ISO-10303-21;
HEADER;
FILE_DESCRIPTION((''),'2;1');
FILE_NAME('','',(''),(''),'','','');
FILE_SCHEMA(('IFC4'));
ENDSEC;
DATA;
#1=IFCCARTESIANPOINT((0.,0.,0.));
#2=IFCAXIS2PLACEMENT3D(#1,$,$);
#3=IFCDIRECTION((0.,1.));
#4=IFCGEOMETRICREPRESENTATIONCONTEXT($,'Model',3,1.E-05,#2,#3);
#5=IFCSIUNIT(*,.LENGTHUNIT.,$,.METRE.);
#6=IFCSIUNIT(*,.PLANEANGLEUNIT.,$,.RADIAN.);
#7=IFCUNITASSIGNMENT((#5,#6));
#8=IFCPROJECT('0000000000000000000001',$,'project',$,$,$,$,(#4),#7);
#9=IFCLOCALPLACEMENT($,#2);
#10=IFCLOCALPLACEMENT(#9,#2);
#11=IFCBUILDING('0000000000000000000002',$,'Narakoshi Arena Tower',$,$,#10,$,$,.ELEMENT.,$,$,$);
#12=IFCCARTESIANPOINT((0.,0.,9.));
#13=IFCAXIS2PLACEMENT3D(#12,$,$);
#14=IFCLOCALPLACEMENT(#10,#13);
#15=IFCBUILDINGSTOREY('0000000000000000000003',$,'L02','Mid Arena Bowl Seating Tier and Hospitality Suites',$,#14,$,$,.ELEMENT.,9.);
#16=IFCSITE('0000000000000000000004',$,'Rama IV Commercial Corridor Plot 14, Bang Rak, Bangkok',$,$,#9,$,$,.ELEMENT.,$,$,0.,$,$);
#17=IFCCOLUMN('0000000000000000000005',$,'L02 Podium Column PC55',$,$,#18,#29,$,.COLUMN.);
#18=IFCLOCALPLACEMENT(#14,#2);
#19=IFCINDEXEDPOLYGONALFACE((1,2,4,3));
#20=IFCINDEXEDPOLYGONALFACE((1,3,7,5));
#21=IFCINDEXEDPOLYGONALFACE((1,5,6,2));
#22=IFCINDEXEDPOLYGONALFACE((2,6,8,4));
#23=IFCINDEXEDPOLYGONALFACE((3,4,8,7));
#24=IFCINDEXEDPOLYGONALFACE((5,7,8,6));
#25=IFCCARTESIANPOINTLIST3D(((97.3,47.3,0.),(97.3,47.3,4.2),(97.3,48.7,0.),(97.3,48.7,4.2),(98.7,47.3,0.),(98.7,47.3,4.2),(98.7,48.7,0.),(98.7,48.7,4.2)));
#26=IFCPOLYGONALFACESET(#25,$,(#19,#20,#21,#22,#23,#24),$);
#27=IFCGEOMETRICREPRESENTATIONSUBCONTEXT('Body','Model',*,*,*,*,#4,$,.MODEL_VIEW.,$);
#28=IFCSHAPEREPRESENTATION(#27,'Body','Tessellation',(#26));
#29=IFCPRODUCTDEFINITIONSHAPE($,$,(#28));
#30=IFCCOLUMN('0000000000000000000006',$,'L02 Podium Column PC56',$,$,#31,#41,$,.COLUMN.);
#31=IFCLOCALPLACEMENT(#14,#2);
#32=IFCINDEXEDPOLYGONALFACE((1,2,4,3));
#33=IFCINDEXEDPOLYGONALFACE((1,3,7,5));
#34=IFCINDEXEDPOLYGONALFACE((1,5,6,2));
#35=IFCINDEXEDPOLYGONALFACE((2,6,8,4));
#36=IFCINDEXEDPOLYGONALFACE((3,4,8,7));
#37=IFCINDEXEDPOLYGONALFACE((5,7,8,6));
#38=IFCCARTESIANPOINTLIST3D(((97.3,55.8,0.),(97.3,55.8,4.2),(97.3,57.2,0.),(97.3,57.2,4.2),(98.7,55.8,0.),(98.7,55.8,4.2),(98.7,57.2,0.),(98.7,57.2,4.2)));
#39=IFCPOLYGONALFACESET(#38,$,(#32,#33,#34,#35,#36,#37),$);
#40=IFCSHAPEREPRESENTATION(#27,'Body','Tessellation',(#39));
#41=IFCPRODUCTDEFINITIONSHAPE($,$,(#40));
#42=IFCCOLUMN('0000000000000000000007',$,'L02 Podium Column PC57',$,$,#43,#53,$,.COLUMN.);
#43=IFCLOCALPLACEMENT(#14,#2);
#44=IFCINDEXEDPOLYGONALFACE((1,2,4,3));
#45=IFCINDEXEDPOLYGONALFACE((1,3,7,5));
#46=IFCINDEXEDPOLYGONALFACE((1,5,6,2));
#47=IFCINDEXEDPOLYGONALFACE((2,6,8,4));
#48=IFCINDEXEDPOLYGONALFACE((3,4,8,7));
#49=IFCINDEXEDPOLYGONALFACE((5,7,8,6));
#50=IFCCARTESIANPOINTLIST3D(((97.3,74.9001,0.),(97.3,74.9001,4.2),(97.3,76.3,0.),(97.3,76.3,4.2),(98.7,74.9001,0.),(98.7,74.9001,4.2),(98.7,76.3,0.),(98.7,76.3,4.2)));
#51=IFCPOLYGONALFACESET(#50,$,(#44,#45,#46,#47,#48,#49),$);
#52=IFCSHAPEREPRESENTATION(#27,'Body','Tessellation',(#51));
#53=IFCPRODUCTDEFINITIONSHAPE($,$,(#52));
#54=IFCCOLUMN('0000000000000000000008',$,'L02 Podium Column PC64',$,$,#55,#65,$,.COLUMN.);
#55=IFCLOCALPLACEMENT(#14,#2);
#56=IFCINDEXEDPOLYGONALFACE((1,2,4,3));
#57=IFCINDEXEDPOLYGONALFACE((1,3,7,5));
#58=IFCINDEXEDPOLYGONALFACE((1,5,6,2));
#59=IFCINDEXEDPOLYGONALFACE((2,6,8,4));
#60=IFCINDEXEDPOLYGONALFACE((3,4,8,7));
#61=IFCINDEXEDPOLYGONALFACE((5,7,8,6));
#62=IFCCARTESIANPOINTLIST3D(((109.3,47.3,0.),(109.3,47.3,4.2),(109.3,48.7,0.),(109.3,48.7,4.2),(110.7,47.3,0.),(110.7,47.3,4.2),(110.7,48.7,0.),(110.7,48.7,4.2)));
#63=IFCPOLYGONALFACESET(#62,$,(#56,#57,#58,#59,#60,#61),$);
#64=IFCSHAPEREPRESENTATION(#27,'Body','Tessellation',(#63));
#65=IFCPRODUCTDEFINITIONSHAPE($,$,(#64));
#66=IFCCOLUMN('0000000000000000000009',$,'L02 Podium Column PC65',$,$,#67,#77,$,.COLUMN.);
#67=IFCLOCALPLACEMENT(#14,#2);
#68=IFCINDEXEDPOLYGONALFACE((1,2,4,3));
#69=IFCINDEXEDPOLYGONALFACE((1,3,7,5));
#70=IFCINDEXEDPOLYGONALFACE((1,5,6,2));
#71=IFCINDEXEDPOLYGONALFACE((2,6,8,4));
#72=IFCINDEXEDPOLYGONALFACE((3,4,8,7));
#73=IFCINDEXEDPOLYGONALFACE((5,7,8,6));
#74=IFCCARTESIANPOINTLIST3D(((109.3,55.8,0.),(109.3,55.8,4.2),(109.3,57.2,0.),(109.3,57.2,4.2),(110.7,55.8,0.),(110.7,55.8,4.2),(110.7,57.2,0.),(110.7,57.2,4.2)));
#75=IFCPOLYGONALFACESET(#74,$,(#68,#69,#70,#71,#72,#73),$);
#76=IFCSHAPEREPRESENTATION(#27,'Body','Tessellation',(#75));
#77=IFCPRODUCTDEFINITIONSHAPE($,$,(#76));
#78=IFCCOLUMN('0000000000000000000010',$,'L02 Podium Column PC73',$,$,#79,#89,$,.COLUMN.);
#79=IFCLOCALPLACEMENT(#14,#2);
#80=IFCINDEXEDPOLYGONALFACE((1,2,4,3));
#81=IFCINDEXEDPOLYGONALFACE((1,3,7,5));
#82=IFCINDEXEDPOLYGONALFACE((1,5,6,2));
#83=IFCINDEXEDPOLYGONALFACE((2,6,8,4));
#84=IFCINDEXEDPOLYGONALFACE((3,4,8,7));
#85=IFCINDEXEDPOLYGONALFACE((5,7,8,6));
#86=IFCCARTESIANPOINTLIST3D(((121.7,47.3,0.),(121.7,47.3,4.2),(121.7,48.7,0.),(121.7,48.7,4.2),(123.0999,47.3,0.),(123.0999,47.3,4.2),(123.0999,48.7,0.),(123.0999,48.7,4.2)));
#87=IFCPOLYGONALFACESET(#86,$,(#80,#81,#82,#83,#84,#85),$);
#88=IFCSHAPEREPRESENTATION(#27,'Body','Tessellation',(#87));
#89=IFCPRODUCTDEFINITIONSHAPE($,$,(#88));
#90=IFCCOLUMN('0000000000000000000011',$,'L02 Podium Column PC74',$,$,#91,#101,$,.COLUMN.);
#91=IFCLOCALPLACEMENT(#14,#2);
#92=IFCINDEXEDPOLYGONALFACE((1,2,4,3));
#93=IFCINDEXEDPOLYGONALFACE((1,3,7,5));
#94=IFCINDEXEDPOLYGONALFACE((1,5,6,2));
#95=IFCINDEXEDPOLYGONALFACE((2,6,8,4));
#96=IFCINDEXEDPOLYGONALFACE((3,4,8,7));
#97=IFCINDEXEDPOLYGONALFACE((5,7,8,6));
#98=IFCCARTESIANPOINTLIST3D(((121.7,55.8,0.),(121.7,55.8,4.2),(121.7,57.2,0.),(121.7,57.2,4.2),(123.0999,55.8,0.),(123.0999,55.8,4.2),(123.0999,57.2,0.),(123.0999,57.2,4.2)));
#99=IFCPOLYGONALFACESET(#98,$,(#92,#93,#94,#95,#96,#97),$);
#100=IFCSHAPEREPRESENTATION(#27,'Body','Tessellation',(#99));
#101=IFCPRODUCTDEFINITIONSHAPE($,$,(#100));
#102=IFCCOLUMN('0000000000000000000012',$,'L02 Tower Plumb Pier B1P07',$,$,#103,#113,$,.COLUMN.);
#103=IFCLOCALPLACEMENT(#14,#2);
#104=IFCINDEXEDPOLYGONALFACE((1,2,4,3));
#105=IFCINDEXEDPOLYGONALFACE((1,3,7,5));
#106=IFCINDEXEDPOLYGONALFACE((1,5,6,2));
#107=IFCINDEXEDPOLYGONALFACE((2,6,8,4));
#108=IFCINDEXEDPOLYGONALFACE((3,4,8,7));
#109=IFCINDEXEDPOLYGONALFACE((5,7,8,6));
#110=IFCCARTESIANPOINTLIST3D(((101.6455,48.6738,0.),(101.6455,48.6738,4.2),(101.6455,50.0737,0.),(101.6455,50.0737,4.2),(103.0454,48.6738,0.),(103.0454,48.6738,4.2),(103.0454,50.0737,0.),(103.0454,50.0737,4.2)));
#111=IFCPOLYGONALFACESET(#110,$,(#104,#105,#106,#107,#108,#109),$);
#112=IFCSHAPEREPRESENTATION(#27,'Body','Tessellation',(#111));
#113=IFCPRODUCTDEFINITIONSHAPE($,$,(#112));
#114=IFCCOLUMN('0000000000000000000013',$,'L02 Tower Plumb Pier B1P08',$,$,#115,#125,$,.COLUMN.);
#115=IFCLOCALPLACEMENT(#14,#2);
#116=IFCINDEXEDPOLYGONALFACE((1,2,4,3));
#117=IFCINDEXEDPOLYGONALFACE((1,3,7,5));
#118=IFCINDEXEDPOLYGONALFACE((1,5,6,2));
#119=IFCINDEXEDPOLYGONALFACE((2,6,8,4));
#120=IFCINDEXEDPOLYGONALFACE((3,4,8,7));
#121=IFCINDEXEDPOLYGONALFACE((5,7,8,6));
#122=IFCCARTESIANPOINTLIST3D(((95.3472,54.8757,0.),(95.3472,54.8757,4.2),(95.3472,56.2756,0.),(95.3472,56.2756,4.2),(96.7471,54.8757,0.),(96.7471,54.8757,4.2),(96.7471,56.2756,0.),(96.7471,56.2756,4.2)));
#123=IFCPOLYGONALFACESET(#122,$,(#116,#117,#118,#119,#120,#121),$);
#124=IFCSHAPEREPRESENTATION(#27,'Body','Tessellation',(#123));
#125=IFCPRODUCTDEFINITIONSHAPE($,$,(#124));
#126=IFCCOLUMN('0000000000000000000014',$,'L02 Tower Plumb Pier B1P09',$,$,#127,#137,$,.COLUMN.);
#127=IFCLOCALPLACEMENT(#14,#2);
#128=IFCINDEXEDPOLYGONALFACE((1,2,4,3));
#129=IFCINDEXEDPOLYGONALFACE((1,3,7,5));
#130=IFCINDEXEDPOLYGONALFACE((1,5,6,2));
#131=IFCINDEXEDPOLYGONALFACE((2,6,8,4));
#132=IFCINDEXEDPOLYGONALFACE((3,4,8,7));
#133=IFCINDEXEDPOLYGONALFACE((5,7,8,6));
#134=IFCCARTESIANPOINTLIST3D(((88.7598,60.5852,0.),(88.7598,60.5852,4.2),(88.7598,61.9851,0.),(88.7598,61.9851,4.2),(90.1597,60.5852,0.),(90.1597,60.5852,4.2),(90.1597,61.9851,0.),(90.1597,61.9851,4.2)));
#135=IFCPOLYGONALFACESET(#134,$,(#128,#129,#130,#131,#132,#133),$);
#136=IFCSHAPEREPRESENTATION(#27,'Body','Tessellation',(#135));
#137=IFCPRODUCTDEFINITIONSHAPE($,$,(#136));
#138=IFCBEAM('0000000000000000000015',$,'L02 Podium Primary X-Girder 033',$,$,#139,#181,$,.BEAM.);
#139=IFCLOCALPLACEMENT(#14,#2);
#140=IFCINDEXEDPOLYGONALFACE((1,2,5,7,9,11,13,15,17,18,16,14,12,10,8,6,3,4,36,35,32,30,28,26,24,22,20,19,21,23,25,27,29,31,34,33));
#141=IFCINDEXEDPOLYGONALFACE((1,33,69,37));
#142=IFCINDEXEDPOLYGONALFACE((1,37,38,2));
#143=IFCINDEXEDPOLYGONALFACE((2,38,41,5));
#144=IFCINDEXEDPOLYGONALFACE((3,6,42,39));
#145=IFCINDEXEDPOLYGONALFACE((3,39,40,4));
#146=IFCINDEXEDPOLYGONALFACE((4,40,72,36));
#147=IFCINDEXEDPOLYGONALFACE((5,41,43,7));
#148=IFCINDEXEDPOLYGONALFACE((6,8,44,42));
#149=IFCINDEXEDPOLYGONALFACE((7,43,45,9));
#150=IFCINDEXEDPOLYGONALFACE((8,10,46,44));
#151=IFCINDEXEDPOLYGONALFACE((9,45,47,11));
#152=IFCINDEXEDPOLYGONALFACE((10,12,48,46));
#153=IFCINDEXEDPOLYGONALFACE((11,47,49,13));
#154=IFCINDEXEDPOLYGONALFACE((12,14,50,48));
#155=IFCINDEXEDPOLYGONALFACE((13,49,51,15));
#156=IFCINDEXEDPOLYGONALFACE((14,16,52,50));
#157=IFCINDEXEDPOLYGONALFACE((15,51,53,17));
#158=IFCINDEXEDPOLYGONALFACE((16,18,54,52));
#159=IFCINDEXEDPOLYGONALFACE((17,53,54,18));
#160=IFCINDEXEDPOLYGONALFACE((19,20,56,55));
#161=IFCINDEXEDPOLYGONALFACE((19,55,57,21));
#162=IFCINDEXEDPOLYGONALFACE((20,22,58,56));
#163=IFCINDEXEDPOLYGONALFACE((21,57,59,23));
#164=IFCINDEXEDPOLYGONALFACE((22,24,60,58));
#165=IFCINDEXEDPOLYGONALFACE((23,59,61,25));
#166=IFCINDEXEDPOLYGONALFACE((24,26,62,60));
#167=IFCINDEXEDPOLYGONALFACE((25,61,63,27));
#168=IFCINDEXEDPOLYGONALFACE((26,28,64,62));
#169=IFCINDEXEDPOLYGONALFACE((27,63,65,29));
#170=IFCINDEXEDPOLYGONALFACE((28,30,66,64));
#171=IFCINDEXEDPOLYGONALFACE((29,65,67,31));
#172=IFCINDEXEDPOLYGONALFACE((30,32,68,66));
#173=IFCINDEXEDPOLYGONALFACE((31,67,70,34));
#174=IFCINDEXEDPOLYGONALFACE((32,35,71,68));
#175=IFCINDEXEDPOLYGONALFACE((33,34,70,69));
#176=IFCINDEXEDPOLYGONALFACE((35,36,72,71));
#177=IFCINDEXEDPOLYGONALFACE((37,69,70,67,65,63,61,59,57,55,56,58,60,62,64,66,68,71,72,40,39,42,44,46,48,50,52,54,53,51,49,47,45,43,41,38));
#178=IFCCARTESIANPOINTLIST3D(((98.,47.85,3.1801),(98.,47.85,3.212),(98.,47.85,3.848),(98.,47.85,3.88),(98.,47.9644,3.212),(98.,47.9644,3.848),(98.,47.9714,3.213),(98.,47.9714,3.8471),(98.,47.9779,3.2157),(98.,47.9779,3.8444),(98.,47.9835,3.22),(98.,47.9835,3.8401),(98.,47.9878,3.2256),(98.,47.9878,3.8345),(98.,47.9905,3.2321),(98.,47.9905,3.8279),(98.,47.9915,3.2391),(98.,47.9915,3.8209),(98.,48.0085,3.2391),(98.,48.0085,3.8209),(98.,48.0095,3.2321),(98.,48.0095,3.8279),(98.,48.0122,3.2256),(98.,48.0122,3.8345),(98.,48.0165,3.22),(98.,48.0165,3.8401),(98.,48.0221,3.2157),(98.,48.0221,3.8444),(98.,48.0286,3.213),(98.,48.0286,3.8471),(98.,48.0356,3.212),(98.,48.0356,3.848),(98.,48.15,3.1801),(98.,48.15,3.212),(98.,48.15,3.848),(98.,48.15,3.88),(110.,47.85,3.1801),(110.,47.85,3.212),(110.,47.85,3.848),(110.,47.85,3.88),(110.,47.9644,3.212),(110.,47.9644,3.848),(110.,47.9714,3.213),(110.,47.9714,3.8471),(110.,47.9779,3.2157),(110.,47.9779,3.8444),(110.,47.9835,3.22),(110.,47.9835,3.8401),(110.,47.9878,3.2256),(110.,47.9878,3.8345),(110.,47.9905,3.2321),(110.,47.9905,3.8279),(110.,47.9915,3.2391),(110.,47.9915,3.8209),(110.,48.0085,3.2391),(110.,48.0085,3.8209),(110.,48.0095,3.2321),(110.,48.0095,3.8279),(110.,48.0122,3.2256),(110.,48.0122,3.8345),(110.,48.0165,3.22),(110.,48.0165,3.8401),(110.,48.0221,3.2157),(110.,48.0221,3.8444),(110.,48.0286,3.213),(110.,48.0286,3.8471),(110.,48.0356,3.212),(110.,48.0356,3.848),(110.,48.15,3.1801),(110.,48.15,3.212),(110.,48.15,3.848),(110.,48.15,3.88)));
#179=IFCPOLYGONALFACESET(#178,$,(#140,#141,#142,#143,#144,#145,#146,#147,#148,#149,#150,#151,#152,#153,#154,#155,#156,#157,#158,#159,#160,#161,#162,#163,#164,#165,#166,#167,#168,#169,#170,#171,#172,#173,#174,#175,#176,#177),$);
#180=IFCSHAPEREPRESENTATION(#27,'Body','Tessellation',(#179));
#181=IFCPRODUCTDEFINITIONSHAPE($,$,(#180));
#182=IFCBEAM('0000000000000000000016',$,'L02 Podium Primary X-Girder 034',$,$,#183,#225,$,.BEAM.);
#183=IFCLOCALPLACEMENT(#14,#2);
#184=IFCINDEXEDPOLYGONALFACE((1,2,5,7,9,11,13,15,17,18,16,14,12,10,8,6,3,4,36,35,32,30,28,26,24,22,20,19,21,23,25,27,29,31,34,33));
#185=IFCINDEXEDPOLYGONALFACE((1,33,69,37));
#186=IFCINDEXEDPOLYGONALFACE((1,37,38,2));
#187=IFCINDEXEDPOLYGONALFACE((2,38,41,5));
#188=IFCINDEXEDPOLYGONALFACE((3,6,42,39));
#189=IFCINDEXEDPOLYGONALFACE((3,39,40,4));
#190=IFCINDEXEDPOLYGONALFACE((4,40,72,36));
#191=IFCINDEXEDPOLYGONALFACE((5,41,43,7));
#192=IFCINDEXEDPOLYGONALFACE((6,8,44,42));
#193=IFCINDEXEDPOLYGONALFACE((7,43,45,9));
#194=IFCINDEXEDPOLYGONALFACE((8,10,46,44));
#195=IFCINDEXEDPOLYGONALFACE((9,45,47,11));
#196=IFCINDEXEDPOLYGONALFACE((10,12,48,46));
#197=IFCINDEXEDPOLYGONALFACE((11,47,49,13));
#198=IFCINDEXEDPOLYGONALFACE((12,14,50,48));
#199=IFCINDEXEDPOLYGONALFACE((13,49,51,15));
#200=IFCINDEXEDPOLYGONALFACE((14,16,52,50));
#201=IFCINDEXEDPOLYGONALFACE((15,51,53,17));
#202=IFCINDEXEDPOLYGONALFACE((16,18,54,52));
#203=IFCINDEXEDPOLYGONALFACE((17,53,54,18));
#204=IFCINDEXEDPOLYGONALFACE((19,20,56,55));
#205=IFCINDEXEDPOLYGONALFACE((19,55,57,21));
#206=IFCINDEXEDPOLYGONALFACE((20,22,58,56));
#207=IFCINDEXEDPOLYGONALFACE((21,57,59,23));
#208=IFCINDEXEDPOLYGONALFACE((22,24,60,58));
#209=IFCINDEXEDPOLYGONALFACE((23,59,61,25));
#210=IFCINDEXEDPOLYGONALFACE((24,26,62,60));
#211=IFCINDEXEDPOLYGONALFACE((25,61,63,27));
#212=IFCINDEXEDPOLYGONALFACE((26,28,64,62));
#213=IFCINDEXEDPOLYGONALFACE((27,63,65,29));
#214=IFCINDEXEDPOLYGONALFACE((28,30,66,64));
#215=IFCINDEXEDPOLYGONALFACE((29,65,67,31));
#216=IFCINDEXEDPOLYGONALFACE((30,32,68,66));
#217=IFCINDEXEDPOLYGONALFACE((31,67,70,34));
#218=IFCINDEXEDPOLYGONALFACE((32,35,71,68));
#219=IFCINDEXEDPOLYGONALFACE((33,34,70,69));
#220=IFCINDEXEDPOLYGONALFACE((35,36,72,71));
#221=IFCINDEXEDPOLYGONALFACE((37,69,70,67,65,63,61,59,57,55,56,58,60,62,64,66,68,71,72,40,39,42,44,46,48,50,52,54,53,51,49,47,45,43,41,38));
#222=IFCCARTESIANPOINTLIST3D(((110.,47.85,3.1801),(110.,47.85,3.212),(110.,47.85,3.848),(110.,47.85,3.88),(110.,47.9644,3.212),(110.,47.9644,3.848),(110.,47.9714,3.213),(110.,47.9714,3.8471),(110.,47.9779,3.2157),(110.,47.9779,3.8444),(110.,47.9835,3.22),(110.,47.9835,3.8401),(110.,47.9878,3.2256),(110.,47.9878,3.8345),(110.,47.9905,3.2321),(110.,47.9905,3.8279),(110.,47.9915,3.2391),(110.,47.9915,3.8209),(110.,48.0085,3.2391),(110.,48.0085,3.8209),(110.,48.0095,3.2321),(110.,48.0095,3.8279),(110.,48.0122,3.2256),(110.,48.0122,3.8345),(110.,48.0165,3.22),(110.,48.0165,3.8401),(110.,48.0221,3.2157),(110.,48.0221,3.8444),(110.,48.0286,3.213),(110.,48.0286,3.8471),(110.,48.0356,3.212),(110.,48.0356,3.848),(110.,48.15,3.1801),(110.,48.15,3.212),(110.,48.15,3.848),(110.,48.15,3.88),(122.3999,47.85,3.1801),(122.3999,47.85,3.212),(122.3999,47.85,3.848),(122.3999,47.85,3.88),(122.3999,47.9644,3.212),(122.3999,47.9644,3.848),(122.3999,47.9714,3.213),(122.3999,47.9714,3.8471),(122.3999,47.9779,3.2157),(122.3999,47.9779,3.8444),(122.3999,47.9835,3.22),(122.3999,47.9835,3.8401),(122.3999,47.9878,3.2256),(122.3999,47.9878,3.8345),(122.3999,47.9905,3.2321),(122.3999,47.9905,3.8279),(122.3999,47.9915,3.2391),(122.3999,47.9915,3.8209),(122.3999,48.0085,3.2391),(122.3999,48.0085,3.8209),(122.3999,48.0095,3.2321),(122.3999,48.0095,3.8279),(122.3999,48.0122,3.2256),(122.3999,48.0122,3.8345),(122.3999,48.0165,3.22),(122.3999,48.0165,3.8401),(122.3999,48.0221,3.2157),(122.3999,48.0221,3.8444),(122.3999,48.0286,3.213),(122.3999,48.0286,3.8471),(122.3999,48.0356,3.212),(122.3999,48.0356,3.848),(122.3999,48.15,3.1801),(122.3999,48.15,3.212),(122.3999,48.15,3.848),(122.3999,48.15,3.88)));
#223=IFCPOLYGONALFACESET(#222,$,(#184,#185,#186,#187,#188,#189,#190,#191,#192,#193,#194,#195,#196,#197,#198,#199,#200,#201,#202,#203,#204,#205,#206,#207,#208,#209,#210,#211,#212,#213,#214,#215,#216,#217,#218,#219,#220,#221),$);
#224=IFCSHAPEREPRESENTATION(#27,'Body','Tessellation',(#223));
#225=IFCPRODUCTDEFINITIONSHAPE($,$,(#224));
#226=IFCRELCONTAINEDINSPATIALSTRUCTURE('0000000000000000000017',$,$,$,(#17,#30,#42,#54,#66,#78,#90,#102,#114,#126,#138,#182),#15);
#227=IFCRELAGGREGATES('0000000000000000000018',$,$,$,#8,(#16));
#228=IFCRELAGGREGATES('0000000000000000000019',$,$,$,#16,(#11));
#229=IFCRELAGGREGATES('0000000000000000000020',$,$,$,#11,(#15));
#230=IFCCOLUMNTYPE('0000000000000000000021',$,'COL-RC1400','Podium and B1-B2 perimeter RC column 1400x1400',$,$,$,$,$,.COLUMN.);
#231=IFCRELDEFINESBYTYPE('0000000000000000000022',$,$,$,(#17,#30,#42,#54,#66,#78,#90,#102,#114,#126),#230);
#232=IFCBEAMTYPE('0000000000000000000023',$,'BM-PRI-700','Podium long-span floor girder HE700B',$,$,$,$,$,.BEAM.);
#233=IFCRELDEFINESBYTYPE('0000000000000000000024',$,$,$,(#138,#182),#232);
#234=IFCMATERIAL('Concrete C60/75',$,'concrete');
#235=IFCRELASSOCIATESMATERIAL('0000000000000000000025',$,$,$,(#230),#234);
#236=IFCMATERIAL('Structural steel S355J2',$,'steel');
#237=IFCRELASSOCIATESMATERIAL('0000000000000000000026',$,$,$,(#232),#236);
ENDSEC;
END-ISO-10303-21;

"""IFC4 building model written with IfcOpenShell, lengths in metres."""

from ifc_helpers import new_model, si_unit, direction, frame, origin, origin_2d, place, context, subcontext, project, spatial, rectangle, i_section, extrude, material, material_profile, profile_set, type_object, element, save


model = new_model("IFC4")

# Units and contexts
model_context = context("Model", 3, precision=1e-05, world=origin(), true_north=direction((0.0, 1.0)))
body_context = subcontext(model_context, "Body", "Model", "MODEL_VIEW")
ifc_project = project(units=[si_unit("LENGTHUNIT", "METRE"), si_unit("PLANEANGLEUNIT", "RADIAN")], contexts=[model_context])

# Site, building, storey
site_placement = place(None, origin())
site = spatial("IfcSite", under=ifc_project, at=site_placement, Name="Rama IV Commercial Corridor Plot 14, Bang Rak, Bangkok", CompositionType="ELEMENT", RefElevation=0.0)
building_placement = place(site_placement, origin())
building = spatial("IfcBuilding", under=site, at=building_placement, Name="Narakoshi Arena Tower", CompositionType="ELEMENT")
storey_placement = place(building_placement, frame((0.0, 0.0, 9.0)))
storey = spatial("IfcBuildingStorey", under=building, at=storey_placement, Name="L02", Description="Mid Arena Bowl Seating Tier and Hospitality Suites", CompositionType="ELEMENT", Elevation=9.0)

# Columns
ifc_material_1 = material(Name="Concrete C60/75", Category="concrete")
ifc_material_profile_1 = material_profile(ifc_material_1, rectangle(XDim=1.3999, YDim=1.3999, at=origin_2d()), Name="RC1400x1400")
ifc_profile_set_1 = profile_set([ifc_material_profile_1], Name="Concrete C60/75")
column_type = type_object("IfcColumnType", Name="COL-RC1400", Description="Podium and B1-B2 perimeter RC column 1400x1400", PredefinedType="COLUMN", material=ifc_profile_set_1)
for number, where, z_axis, x_axis, name in (
    (1, (98.0, 48.0, 0.0), (0.0, 0.0, 1.0), (1.0, 0.0, 0.0), "L02 Podium Column PC55"),
    (2, (98.0, 56.5, 0.0), (0.0, 0.0, 1.0), (1.0, 0.0, 0.0), "L02 Podium Column PC56"),
    (3, (98.0, 75.6001, 0.0), (0.0, 0.0, 1.0), (1.0, 0.0, 0.0), "L02 Podium Column PC57"),
    (4, (110.0, 48.0, 0.0), (0.0, 0.0, 1.0), (1.0, 0.0, 0.0), "L02 Podium Column PC64"),
    (5, (110.0, 56.5, 0.0), (0.0, 0.0, 1.0), (1.0, 0.0, 0.0), "L02 Podium Column PC65"),
    (6, (122.3999, 48.0, 0.0), (0.0, 0.0, 1.0), (1.0, 0.0, 0.0), "L02 Podium Column PC73"),
    (7, (122.3999, 56.5, 0.0), (0.0, 0.0, 1.0), (1.0, 0.0, 0.0), "L02 Podium Column PC74"),
    (8, (102.3455, 49.3738, 0.0), (0.0, 0.0, 1.0), (1.0, 0.0, 0.0), "L02 Tower Plumb Pier B1P07"),
    (9, (96.0471, 55.5757, 0.0), (0.0, 0.0, 1.0), (1.0, 0.0, 0.0), "L02 Tower Plumb Pier B1P08"),
    (10, (89.4597, 61.2852, 0.0), (0.0, 0.0, 1.0), (1.0, 0.0, 0.0), "L02 Tower Plumb Pier B1P09"),
):
    element("IfcColumn", number, at=place(storey_placement, frame(where, z_axis=z_axis, x_axis=x_axis)), inside=storey, type_object=column_type, Name=name, PredefinedType="COLUMN", context=body_context, shape_type="SweptSolid", body=[
        extrude(rectangle(XDim=1.3999, YDim=1.3999, at=origin_2d()), origin(), (0.0, 0.0, 1.0), 4.2),
    ])

# Beams
ifc_material_2 = material(Name="Structural steel S355J2", Category="steel")
ifc_material_profile_2 = material_profile(ifc_material_2, i_section(OverallWidth=0.3, OverallDepth=0.7, WebThickness=0.0171, FlangeThickness=0.032, FilletRadius=0.0271, at=origin_2d()), Name="HE700B")
ifc_profile_set_2 = profile_set([ifc_material_profile_2], Name="Structural steel S355J2")
beam_type_1 = type_object("IfcBeamType", Name="BM-PRI-700", Description="Podium long-span floor girder HE700B", PredefinedType="BEAM", material=ifc_profile_set_2)
beam_1_placement = place(storey_placement, frame((98.0, 48.0, 3.53), z_axis=(1.0, 0.0, 0.0), x_axis=(0.0, 1.0, 0.0)))
element("IfcBeam", 11, at=beam_1_placement, inside=storey, type_object=beam_type_1, Name="L02 Podium Primary X-Girder 033", PredefinedType="BEAM", context=body_context, shape_type="SweptSolid", body=[
    extrude(i_section(OverallWidth=0.3, OverallDepth=0.7, WebThickness=0.0171, FlangeThickness=0.032, FilletRadius=0.0271, at=origin_2d()), origin(), (0.0, 0.0, 1.0), 12.0),
])
beam_2_placement = place(storey_placement, frame((110.0, 48.0, 3.53), z_axis=(1.0, 0.0, 0.0), x_axis=(0.0, 1.0, 0.0)))
element("IfcBeam", 12, at=beam_2_placement, inside=storey, type_object=beam_type_1, Name="L02 Podium Primary X-Girder 034", PredefinedType="BEAM", context=body_context, shape_type="SweptSolid", body=[
    extrude(i_section(OverallWidth=0.3, OverallDepth=0.7, WebThickness=0.0171, FlangeThickness=0.032, FilletRadius=0.0271, at=origin_2d()), origin(), (0.0, 0.0, 1.0), 12.3999),
])

save(model, "model.ifc")
